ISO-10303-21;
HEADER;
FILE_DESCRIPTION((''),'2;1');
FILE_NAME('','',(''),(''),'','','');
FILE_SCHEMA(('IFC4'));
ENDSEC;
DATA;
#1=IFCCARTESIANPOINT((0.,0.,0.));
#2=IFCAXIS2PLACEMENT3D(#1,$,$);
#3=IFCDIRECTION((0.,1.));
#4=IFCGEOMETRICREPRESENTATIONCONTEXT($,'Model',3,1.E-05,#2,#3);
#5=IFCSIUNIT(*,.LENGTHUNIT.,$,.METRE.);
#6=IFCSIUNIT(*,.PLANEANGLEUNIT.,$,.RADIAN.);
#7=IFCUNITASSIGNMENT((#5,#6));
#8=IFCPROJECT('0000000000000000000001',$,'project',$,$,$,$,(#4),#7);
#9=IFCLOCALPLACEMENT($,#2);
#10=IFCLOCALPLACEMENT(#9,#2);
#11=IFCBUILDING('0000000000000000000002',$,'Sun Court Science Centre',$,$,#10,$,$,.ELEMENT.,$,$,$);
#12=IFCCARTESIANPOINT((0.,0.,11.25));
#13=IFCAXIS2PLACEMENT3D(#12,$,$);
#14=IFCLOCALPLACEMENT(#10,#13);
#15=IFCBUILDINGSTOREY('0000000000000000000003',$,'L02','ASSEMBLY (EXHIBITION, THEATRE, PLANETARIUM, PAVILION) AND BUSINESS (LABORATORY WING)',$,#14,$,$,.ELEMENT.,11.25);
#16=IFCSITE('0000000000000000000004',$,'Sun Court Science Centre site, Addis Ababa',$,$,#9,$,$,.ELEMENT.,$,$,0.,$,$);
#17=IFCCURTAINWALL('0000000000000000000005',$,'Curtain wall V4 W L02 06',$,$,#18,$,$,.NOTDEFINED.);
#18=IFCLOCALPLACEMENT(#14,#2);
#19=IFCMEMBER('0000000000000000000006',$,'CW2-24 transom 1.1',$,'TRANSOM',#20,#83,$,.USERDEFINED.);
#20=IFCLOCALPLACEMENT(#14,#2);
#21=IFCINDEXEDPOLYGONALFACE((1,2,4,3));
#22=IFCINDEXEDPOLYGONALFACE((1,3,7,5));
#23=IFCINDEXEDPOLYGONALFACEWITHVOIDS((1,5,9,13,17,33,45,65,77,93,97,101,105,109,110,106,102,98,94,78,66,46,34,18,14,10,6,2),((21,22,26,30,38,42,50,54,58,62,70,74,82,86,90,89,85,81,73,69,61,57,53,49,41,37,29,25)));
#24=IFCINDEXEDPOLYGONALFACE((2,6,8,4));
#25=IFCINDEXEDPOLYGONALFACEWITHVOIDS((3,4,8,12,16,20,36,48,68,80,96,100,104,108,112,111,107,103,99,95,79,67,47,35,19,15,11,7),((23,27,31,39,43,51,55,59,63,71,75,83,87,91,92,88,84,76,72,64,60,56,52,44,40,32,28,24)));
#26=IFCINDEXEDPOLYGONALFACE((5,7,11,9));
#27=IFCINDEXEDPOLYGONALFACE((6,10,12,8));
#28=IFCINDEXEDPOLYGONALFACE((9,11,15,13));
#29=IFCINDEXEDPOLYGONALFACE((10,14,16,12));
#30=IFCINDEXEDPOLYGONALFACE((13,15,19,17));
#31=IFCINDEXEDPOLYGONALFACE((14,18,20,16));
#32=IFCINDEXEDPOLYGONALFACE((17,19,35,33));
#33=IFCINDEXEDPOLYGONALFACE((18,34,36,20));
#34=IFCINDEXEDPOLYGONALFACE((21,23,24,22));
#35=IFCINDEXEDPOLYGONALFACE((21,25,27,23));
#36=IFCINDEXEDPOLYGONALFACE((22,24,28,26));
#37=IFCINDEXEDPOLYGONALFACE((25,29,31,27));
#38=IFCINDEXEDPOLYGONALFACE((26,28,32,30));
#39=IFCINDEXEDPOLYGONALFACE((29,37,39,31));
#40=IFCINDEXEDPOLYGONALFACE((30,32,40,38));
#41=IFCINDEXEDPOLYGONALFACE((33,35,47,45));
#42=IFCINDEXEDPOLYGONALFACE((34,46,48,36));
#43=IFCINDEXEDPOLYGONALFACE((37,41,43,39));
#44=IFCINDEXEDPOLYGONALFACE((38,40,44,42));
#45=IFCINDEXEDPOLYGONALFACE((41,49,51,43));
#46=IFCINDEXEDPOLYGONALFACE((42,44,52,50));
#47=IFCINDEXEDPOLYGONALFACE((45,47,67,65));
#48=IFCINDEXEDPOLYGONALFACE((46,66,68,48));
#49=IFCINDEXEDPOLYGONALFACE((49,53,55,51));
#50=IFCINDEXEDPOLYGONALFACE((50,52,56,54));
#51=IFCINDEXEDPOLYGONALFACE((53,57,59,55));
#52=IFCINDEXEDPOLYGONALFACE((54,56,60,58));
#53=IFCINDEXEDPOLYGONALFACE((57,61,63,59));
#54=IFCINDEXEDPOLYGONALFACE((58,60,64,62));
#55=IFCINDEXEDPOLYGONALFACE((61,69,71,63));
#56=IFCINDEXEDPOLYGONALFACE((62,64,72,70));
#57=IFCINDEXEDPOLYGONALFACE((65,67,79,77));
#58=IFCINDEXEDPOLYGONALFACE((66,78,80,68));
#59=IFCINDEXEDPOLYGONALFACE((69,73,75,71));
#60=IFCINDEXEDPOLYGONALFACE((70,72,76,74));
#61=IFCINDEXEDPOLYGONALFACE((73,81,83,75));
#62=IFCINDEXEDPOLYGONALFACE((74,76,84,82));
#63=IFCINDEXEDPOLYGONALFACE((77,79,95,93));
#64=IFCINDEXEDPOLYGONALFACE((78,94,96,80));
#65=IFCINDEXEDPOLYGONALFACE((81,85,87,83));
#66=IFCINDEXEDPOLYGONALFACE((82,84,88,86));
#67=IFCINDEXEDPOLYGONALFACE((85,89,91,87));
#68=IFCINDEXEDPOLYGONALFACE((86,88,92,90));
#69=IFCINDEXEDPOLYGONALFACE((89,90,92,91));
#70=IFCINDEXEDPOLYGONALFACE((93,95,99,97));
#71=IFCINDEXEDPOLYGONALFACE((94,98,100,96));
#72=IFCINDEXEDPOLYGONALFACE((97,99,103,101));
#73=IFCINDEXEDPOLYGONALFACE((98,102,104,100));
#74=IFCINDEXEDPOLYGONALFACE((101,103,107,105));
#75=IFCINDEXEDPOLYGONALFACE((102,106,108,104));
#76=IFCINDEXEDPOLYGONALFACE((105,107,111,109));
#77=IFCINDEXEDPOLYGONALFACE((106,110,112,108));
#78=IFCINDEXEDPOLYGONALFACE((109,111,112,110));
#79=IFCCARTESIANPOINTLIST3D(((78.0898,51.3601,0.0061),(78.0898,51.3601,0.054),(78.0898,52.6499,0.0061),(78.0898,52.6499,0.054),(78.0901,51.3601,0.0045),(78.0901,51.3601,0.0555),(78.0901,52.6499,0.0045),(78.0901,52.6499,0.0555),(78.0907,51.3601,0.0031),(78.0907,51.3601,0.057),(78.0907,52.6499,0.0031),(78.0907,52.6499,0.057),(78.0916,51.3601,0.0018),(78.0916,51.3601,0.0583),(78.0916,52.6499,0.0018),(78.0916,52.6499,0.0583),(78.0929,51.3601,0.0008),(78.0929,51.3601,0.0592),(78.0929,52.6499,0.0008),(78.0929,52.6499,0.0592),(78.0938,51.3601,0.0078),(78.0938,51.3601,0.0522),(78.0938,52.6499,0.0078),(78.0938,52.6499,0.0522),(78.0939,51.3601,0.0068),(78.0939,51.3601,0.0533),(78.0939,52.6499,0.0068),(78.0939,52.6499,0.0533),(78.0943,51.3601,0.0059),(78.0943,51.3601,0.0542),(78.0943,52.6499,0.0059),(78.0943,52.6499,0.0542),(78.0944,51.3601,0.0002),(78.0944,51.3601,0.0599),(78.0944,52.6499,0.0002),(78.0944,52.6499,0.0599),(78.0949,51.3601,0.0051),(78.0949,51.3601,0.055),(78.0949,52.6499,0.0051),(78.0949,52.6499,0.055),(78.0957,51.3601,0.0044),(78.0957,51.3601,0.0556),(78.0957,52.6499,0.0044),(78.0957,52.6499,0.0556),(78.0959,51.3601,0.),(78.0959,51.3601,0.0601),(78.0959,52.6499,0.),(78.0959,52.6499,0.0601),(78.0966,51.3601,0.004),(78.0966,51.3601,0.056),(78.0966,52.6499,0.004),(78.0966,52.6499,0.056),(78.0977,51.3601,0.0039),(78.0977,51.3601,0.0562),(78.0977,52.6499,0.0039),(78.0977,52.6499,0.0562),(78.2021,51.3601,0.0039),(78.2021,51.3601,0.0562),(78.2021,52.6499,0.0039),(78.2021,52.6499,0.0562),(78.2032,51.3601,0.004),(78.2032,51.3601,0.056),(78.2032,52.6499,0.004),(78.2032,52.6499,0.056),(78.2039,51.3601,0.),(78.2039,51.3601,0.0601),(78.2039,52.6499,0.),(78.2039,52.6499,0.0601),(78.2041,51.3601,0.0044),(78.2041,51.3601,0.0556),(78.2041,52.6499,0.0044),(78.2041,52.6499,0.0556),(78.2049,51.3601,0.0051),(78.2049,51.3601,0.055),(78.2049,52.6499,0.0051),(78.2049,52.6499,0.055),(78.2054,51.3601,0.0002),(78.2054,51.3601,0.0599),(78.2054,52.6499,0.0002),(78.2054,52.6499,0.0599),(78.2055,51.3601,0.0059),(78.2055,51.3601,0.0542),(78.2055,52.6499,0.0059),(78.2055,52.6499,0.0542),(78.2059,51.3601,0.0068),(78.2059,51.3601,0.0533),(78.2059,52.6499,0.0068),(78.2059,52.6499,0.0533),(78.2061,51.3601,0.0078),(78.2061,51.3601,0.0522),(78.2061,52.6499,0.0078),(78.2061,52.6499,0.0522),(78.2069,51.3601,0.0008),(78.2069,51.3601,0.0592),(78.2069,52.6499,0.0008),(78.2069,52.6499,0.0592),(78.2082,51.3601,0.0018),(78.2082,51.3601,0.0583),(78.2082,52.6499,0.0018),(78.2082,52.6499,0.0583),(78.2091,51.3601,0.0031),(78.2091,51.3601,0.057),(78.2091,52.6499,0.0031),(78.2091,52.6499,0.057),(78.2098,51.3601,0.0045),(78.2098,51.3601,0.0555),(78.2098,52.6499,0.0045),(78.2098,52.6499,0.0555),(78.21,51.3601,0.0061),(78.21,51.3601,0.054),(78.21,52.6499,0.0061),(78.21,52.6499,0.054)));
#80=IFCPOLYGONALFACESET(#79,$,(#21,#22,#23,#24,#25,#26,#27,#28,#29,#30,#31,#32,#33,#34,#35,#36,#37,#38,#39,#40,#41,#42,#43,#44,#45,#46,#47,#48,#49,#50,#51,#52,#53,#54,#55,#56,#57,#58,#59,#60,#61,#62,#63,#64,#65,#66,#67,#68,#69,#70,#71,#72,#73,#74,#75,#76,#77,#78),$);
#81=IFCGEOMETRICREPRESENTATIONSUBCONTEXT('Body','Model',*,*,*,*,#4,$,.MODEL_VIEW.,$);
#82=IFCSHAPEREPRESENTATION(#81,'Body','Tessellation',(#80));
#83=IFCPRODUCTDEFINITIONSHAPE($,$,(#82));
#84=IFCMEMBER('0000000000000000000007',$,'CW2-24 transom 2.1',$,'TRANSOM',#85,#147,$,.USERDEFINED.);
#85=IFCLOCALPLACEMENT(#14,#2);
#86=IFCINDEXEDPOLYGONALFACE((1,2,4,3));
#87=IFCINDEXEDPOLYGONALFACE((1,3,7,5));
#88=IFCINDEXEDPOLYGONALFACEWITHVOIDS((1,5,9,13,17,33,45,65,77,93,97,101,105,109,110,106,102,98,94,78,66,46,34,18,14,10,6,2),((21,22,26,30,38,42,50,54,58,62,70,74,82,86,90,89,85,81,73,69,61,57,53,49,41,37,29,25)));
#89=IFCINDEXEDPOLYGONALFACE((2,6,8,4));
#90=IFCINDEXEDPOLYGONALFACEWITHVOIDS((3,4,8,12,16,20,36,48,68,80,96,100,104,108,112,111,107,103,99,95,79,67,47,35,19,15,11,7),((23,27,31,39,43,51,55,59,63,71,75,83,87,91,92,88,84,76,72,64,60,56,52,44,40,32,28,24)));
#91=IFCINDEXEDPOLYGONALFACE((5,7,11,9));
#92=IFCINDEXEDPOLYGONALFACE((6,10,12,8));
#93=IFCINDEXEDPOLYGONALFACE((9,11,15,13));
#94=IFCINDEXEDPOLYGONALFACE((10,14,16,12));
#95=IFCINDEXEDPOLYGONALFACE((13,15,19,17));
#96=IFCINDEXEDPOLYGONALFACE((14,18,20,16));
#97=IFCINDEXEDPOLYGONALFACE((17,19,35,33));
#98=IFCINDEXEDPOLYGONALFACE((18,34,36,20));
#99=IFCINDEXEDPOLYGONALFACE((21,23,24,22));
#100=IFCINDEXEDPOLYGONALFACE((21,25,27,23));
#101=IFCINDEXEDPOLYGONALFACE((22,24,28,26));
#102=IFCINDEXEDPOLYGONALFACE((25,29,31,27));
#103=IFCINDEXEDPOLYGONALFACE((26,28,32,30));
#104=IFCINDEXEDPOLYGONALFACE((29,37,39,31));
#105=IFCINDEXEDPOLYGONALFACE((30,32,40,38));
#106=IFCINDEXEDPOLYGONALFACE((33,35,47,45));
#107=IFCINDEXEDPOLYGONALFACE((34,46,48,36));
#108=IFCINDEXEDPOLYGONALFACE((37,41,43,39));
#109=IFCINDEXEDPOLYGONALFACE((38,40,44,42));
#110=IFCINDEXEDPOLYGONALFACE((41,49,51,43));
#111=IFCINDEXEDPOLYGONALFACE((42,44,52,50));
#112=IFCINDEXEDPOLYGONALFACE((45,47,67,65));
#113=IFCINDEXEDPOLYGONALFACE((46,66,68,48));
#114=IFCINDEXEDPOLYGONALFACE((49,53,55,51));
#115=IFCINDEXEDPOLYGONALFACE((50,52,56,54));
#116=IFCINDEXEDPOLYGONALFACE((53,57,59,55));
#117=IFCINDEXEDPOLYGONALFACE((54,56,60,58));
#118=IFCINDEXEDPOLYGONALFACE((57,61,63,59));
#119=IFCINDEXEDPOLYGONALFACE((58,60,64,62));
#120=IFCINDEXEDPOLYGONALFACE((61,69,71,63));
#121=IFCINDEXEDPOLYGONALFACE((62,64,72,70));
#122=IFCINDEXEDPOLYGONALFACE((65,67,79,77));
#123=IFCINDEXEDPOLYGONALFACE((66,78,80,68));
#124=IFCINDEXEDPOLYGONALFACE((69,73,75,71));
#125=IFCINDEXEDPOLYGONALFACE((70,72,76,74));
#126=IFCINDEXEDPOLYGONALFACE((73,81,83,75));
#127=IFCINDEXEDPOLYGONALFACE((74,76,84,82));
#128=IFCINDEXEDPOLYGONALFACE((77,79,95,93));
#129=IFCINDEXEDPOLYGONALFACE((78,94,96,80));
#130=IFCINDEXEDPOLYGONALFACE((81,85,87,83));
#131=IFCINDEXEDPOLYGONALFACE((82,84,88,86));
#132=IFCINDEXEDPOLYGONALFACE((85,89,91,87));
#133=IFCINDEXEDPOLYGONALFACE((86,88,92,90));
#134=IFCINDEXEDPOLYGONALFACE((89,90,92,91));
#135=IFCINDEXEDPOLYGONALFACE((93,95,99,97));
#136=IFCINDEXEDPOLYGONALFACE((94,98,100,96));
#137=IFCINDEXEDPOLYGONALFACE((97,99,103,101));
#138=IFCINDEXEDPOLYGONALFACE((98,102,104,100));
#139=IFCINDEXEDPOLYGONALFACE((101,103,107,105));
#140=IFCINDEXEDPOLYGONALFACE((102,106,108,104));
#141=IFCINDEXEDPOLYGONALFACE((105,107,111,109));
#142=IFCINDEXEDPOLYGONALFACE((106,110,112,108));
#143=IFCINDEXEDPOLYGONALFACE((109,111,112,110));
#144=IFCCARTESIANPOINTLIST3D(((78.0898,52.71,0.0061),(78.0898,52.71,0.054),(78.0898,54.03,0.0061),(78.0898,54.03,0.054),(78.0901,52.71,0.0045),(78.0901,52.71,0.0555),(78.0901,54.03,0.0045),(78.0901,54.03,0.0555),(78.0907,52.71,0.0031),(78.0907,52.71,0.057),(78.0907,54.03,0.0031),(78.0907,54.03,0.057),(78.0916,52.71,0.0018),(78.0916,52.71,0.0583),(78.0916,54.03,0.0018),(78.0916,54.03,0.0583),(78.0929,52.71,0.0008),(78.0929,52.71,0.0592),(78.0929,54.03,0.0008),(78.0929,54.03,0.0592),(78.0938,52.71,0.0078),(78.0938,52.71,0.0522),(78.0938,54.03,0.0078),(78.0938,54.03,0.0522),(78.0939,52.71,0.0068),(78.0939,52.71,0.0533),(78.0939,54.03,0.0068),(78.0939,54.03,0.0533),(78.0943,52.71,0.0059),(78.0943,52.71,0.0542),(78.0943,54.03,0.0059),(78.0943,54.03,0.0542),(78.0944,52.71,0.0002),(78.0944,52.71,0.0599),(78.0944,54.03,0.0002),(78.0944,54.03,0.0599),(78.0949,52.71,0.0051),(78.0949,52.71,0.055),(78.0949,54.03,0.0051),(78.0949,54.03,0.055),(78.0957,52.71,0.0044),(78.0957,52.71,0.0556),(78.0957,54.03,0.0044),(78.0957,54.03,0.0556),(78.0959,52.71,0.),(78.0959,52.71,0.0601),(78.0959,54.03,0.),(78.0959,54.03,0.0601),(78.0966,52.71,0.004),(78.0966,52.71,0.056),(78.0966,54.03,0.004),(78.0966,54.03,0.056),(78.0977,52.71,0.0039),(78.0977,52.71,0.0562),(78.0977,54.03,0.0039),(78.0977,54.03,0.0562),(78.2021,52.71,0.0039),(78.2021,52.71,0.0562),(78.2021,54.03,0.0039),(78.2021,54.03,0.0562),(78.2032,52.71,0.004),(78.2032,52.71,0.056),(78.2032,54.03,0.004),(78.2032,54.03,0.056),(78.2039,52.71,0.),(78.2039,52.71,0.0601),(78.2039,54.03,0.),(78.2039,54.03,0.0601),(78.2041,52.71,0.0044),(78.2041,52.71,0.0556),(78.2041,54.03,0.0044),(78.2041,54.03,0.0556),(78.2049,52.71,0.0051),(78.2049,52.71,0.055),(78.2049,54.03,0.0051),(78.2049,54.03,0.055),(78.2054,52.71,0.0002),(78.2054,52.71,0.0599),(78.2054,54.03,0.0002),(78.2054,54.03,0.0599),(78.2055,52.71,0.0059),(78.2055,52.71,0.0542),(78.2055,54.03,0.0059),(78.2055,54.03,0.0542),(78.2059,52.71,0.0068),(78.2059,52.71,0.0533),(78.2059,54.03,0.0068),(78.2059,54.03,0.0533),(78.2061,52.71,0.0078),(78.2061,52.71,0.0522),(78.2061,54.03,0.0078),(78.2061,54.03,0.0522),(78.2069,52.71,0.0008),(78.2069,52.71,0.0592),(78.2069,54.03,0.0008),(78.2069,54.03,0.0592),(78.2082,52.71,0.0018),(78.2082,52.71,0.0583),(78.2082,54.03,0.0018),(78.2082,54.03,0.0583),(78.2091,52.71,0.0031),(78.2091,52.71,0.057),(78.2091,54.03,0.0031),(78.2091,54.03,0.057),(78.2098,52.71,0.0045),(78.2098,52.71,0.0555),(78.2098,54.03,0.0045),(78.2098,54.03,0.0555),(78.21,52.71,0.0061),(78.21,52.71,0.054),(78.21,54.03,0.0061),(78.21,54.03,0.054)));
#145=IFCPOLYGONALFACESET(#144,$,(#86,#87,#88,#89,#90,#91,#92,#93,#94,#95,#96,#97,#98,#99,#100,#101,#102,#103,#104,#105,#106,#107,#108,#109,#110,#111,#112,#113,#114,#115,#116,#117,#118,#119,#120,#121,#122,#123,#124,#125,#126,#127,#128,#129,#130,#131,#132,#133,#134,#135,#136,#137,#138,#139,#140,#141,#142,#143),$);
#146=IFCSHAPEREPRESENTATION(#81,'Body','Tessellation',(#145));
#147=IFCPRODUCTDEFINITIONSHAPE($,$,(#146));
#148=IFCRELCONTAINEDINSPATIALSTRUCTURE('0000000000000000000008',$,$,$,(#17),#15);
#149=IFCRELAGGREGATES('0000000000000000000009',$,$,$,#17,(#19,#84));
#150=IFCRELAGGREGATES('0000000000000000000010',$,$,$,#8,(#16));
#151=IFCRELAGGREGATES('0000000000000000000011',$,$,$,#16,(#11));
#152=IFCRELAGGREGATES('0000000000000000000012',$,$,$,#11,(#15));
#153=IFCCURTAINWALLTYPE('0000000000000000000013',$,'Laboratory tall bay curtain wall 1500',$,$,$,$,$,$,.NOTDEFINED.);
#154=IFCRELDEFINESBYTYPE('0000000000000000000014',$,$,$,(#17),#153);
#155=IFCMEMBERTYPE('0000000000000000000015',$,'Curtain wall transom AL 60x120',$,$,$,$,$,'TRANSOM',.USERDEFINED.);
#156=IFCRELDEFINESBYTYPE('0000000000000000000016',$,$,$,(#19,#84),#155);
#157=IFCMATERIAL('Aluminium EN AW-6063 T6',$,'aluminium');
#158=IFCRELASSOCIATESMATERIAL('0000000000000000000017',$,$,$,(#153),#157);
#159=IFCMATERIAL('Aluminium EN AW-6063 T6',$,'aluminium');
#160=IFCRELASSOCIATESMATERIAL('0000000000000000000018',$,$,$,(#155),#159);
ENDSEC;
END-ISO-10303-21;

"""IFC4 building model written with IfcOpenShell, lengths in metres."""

from ifc_helpers import new_model, si_unit, direction, frame, origin, origin_2d, place, context, subcontext, project, spatial, hollow_rectangle, extrude, material, material_profile, profile_set, type_object, element, aggregate, save


model = new_model("IFC4")

# Units and contexts
model_context = context("Model", 3, precision=1e-05, world=origin(), true_north=direction((0.0, 1.0)))
body_context = subcontext(model_context, "Body", "Model", "MODEL_VIEW")
ifc_project = project(units=[si_unit("LENGTHUNIT", "METRE"), si_unit("PLANEANGLEUNIT", "RADIAN")], contexts=[model_context])

# Site, building, storey
site_placement = place(None, origin())
site = spatial("IfcSite", under=ifc_project, at=site_placement, Name="Sun Court Science Centre site, Addis Ababa", CompositionType="ELEMENT", RefElevation=0.0)
building_placement = place(site_placement, origin())
building = spatial("IfcBuilding", under=site, at=building_placement, Name="Sun Court Science Centre", CompositionType="ELEMENT")
storey_placement = place(building_placement, frame((0.0, 0.0, 11.25)))
storey = spatial("IfcBuildingStorey", under=building, at=storey_placement, Name="L02", Description="ASSEMBLY (EXHIBITION, THEATRE, PLANETARIUM, PAVILION) AND BUSINESS (LABORATORY WING)", CompositionType="ELEMENT", Elevation=11.25)

# Shared definitions
ifc_material_1 = material(Name="Aluminium EN AW-6063 T6", Category="aluminium")
curtain_wall_type = type_object("IfcCurtainWallType", Name="Laboratory tall bay curtain wall 1500", PredefinedType="NOTDEFINED", material=ifc_material_1)

# Curtain wall, members
curtain_wall_1_placement = place(storey_placement, origin())
curtain_wall_1 = element("IfcCurtainWall", 1, at=curtain_wall_1_placement, inside=storey, type_object=curtain_wall_type, Name="Curtain wall V4 W L02 06", PredefinedType="NOTDEFINED")
ifc_material_2 = material(Name="Aluminium EN AW-6063 T6", Category="aluminium")
ifc_material_profile_1 = material_profile(ifc_material_2, hollow_rectangle(XDim=0.0601, YDim=0.1201, WallThickness=0.0039, InnerFilletRadius=0.0039, OuterFilletRadius=0.0061, at=origin_2d()), Name="AL 60x120x4")
ifc_profile_set_1 = profile_set([ifc_material_profile_1], Name="Aluminium EN AW-6063 T6")
member_type_1 = type_object("IfcMemberType", Name="Curtain wall transom AL 60x120", ElementType="TRANSOM", PredefinedType="USERDEFINED", material=ifc_profile_set_1)
member_1_placement = place(storey_placement, frame((78.1499, 51.3601, 0.03), z_axis=(0.0, 1.0, 0.0), x_axis=(0.0, 0.0, 1.0)))
member_1 = element("IfcMember", 2, at=member_1_placement, type_object=member_type_1, Name="CW2-24 transom 1.1", ObjectType="TRANSOM", PredefinedType="USERDEFINED", context=body_context, shape_type="SweptSolid", body=[
    extrude(hollow_rectangle(XDim=0.0601, YDim=0.1201, WallThickness=0.0039, InnerFilletRadius=0.0039, OuterFilletRadius=0.0061, at=origin_2d()), origin(), (0.0, 0.0, 1.0), 1.2898),
])
member_2_placement = place(storey_placement, frame((78.1499, 52.71, 0.03), z_axis=(0.0, 1.0, 0.0), x_axis=(0.0, 0.0, 1.0)))
member_2 = element("IfcMember", 3, at=member_2_placement, type_object=member_type_1, Name="CW2-24 transom 2.1", ObjectType="TRANSOM", PredefinedType="USERDEFINED", context=body_context, shape_type="SweptSolid", body=[
    extrude(hollow_rectangle(XDim=0.0601, YDim=0.1201, WallThickness=0.0039, InnerFilletRadius=0.0039, OuterFilletRadius=0.0061, at=origin_2d()), origin(), (0.0, 0.0, 1.0), 1.3201),
])
aggregate(curtain_wall_1, [member_1, member_2])

save(model, "model.ifc")
